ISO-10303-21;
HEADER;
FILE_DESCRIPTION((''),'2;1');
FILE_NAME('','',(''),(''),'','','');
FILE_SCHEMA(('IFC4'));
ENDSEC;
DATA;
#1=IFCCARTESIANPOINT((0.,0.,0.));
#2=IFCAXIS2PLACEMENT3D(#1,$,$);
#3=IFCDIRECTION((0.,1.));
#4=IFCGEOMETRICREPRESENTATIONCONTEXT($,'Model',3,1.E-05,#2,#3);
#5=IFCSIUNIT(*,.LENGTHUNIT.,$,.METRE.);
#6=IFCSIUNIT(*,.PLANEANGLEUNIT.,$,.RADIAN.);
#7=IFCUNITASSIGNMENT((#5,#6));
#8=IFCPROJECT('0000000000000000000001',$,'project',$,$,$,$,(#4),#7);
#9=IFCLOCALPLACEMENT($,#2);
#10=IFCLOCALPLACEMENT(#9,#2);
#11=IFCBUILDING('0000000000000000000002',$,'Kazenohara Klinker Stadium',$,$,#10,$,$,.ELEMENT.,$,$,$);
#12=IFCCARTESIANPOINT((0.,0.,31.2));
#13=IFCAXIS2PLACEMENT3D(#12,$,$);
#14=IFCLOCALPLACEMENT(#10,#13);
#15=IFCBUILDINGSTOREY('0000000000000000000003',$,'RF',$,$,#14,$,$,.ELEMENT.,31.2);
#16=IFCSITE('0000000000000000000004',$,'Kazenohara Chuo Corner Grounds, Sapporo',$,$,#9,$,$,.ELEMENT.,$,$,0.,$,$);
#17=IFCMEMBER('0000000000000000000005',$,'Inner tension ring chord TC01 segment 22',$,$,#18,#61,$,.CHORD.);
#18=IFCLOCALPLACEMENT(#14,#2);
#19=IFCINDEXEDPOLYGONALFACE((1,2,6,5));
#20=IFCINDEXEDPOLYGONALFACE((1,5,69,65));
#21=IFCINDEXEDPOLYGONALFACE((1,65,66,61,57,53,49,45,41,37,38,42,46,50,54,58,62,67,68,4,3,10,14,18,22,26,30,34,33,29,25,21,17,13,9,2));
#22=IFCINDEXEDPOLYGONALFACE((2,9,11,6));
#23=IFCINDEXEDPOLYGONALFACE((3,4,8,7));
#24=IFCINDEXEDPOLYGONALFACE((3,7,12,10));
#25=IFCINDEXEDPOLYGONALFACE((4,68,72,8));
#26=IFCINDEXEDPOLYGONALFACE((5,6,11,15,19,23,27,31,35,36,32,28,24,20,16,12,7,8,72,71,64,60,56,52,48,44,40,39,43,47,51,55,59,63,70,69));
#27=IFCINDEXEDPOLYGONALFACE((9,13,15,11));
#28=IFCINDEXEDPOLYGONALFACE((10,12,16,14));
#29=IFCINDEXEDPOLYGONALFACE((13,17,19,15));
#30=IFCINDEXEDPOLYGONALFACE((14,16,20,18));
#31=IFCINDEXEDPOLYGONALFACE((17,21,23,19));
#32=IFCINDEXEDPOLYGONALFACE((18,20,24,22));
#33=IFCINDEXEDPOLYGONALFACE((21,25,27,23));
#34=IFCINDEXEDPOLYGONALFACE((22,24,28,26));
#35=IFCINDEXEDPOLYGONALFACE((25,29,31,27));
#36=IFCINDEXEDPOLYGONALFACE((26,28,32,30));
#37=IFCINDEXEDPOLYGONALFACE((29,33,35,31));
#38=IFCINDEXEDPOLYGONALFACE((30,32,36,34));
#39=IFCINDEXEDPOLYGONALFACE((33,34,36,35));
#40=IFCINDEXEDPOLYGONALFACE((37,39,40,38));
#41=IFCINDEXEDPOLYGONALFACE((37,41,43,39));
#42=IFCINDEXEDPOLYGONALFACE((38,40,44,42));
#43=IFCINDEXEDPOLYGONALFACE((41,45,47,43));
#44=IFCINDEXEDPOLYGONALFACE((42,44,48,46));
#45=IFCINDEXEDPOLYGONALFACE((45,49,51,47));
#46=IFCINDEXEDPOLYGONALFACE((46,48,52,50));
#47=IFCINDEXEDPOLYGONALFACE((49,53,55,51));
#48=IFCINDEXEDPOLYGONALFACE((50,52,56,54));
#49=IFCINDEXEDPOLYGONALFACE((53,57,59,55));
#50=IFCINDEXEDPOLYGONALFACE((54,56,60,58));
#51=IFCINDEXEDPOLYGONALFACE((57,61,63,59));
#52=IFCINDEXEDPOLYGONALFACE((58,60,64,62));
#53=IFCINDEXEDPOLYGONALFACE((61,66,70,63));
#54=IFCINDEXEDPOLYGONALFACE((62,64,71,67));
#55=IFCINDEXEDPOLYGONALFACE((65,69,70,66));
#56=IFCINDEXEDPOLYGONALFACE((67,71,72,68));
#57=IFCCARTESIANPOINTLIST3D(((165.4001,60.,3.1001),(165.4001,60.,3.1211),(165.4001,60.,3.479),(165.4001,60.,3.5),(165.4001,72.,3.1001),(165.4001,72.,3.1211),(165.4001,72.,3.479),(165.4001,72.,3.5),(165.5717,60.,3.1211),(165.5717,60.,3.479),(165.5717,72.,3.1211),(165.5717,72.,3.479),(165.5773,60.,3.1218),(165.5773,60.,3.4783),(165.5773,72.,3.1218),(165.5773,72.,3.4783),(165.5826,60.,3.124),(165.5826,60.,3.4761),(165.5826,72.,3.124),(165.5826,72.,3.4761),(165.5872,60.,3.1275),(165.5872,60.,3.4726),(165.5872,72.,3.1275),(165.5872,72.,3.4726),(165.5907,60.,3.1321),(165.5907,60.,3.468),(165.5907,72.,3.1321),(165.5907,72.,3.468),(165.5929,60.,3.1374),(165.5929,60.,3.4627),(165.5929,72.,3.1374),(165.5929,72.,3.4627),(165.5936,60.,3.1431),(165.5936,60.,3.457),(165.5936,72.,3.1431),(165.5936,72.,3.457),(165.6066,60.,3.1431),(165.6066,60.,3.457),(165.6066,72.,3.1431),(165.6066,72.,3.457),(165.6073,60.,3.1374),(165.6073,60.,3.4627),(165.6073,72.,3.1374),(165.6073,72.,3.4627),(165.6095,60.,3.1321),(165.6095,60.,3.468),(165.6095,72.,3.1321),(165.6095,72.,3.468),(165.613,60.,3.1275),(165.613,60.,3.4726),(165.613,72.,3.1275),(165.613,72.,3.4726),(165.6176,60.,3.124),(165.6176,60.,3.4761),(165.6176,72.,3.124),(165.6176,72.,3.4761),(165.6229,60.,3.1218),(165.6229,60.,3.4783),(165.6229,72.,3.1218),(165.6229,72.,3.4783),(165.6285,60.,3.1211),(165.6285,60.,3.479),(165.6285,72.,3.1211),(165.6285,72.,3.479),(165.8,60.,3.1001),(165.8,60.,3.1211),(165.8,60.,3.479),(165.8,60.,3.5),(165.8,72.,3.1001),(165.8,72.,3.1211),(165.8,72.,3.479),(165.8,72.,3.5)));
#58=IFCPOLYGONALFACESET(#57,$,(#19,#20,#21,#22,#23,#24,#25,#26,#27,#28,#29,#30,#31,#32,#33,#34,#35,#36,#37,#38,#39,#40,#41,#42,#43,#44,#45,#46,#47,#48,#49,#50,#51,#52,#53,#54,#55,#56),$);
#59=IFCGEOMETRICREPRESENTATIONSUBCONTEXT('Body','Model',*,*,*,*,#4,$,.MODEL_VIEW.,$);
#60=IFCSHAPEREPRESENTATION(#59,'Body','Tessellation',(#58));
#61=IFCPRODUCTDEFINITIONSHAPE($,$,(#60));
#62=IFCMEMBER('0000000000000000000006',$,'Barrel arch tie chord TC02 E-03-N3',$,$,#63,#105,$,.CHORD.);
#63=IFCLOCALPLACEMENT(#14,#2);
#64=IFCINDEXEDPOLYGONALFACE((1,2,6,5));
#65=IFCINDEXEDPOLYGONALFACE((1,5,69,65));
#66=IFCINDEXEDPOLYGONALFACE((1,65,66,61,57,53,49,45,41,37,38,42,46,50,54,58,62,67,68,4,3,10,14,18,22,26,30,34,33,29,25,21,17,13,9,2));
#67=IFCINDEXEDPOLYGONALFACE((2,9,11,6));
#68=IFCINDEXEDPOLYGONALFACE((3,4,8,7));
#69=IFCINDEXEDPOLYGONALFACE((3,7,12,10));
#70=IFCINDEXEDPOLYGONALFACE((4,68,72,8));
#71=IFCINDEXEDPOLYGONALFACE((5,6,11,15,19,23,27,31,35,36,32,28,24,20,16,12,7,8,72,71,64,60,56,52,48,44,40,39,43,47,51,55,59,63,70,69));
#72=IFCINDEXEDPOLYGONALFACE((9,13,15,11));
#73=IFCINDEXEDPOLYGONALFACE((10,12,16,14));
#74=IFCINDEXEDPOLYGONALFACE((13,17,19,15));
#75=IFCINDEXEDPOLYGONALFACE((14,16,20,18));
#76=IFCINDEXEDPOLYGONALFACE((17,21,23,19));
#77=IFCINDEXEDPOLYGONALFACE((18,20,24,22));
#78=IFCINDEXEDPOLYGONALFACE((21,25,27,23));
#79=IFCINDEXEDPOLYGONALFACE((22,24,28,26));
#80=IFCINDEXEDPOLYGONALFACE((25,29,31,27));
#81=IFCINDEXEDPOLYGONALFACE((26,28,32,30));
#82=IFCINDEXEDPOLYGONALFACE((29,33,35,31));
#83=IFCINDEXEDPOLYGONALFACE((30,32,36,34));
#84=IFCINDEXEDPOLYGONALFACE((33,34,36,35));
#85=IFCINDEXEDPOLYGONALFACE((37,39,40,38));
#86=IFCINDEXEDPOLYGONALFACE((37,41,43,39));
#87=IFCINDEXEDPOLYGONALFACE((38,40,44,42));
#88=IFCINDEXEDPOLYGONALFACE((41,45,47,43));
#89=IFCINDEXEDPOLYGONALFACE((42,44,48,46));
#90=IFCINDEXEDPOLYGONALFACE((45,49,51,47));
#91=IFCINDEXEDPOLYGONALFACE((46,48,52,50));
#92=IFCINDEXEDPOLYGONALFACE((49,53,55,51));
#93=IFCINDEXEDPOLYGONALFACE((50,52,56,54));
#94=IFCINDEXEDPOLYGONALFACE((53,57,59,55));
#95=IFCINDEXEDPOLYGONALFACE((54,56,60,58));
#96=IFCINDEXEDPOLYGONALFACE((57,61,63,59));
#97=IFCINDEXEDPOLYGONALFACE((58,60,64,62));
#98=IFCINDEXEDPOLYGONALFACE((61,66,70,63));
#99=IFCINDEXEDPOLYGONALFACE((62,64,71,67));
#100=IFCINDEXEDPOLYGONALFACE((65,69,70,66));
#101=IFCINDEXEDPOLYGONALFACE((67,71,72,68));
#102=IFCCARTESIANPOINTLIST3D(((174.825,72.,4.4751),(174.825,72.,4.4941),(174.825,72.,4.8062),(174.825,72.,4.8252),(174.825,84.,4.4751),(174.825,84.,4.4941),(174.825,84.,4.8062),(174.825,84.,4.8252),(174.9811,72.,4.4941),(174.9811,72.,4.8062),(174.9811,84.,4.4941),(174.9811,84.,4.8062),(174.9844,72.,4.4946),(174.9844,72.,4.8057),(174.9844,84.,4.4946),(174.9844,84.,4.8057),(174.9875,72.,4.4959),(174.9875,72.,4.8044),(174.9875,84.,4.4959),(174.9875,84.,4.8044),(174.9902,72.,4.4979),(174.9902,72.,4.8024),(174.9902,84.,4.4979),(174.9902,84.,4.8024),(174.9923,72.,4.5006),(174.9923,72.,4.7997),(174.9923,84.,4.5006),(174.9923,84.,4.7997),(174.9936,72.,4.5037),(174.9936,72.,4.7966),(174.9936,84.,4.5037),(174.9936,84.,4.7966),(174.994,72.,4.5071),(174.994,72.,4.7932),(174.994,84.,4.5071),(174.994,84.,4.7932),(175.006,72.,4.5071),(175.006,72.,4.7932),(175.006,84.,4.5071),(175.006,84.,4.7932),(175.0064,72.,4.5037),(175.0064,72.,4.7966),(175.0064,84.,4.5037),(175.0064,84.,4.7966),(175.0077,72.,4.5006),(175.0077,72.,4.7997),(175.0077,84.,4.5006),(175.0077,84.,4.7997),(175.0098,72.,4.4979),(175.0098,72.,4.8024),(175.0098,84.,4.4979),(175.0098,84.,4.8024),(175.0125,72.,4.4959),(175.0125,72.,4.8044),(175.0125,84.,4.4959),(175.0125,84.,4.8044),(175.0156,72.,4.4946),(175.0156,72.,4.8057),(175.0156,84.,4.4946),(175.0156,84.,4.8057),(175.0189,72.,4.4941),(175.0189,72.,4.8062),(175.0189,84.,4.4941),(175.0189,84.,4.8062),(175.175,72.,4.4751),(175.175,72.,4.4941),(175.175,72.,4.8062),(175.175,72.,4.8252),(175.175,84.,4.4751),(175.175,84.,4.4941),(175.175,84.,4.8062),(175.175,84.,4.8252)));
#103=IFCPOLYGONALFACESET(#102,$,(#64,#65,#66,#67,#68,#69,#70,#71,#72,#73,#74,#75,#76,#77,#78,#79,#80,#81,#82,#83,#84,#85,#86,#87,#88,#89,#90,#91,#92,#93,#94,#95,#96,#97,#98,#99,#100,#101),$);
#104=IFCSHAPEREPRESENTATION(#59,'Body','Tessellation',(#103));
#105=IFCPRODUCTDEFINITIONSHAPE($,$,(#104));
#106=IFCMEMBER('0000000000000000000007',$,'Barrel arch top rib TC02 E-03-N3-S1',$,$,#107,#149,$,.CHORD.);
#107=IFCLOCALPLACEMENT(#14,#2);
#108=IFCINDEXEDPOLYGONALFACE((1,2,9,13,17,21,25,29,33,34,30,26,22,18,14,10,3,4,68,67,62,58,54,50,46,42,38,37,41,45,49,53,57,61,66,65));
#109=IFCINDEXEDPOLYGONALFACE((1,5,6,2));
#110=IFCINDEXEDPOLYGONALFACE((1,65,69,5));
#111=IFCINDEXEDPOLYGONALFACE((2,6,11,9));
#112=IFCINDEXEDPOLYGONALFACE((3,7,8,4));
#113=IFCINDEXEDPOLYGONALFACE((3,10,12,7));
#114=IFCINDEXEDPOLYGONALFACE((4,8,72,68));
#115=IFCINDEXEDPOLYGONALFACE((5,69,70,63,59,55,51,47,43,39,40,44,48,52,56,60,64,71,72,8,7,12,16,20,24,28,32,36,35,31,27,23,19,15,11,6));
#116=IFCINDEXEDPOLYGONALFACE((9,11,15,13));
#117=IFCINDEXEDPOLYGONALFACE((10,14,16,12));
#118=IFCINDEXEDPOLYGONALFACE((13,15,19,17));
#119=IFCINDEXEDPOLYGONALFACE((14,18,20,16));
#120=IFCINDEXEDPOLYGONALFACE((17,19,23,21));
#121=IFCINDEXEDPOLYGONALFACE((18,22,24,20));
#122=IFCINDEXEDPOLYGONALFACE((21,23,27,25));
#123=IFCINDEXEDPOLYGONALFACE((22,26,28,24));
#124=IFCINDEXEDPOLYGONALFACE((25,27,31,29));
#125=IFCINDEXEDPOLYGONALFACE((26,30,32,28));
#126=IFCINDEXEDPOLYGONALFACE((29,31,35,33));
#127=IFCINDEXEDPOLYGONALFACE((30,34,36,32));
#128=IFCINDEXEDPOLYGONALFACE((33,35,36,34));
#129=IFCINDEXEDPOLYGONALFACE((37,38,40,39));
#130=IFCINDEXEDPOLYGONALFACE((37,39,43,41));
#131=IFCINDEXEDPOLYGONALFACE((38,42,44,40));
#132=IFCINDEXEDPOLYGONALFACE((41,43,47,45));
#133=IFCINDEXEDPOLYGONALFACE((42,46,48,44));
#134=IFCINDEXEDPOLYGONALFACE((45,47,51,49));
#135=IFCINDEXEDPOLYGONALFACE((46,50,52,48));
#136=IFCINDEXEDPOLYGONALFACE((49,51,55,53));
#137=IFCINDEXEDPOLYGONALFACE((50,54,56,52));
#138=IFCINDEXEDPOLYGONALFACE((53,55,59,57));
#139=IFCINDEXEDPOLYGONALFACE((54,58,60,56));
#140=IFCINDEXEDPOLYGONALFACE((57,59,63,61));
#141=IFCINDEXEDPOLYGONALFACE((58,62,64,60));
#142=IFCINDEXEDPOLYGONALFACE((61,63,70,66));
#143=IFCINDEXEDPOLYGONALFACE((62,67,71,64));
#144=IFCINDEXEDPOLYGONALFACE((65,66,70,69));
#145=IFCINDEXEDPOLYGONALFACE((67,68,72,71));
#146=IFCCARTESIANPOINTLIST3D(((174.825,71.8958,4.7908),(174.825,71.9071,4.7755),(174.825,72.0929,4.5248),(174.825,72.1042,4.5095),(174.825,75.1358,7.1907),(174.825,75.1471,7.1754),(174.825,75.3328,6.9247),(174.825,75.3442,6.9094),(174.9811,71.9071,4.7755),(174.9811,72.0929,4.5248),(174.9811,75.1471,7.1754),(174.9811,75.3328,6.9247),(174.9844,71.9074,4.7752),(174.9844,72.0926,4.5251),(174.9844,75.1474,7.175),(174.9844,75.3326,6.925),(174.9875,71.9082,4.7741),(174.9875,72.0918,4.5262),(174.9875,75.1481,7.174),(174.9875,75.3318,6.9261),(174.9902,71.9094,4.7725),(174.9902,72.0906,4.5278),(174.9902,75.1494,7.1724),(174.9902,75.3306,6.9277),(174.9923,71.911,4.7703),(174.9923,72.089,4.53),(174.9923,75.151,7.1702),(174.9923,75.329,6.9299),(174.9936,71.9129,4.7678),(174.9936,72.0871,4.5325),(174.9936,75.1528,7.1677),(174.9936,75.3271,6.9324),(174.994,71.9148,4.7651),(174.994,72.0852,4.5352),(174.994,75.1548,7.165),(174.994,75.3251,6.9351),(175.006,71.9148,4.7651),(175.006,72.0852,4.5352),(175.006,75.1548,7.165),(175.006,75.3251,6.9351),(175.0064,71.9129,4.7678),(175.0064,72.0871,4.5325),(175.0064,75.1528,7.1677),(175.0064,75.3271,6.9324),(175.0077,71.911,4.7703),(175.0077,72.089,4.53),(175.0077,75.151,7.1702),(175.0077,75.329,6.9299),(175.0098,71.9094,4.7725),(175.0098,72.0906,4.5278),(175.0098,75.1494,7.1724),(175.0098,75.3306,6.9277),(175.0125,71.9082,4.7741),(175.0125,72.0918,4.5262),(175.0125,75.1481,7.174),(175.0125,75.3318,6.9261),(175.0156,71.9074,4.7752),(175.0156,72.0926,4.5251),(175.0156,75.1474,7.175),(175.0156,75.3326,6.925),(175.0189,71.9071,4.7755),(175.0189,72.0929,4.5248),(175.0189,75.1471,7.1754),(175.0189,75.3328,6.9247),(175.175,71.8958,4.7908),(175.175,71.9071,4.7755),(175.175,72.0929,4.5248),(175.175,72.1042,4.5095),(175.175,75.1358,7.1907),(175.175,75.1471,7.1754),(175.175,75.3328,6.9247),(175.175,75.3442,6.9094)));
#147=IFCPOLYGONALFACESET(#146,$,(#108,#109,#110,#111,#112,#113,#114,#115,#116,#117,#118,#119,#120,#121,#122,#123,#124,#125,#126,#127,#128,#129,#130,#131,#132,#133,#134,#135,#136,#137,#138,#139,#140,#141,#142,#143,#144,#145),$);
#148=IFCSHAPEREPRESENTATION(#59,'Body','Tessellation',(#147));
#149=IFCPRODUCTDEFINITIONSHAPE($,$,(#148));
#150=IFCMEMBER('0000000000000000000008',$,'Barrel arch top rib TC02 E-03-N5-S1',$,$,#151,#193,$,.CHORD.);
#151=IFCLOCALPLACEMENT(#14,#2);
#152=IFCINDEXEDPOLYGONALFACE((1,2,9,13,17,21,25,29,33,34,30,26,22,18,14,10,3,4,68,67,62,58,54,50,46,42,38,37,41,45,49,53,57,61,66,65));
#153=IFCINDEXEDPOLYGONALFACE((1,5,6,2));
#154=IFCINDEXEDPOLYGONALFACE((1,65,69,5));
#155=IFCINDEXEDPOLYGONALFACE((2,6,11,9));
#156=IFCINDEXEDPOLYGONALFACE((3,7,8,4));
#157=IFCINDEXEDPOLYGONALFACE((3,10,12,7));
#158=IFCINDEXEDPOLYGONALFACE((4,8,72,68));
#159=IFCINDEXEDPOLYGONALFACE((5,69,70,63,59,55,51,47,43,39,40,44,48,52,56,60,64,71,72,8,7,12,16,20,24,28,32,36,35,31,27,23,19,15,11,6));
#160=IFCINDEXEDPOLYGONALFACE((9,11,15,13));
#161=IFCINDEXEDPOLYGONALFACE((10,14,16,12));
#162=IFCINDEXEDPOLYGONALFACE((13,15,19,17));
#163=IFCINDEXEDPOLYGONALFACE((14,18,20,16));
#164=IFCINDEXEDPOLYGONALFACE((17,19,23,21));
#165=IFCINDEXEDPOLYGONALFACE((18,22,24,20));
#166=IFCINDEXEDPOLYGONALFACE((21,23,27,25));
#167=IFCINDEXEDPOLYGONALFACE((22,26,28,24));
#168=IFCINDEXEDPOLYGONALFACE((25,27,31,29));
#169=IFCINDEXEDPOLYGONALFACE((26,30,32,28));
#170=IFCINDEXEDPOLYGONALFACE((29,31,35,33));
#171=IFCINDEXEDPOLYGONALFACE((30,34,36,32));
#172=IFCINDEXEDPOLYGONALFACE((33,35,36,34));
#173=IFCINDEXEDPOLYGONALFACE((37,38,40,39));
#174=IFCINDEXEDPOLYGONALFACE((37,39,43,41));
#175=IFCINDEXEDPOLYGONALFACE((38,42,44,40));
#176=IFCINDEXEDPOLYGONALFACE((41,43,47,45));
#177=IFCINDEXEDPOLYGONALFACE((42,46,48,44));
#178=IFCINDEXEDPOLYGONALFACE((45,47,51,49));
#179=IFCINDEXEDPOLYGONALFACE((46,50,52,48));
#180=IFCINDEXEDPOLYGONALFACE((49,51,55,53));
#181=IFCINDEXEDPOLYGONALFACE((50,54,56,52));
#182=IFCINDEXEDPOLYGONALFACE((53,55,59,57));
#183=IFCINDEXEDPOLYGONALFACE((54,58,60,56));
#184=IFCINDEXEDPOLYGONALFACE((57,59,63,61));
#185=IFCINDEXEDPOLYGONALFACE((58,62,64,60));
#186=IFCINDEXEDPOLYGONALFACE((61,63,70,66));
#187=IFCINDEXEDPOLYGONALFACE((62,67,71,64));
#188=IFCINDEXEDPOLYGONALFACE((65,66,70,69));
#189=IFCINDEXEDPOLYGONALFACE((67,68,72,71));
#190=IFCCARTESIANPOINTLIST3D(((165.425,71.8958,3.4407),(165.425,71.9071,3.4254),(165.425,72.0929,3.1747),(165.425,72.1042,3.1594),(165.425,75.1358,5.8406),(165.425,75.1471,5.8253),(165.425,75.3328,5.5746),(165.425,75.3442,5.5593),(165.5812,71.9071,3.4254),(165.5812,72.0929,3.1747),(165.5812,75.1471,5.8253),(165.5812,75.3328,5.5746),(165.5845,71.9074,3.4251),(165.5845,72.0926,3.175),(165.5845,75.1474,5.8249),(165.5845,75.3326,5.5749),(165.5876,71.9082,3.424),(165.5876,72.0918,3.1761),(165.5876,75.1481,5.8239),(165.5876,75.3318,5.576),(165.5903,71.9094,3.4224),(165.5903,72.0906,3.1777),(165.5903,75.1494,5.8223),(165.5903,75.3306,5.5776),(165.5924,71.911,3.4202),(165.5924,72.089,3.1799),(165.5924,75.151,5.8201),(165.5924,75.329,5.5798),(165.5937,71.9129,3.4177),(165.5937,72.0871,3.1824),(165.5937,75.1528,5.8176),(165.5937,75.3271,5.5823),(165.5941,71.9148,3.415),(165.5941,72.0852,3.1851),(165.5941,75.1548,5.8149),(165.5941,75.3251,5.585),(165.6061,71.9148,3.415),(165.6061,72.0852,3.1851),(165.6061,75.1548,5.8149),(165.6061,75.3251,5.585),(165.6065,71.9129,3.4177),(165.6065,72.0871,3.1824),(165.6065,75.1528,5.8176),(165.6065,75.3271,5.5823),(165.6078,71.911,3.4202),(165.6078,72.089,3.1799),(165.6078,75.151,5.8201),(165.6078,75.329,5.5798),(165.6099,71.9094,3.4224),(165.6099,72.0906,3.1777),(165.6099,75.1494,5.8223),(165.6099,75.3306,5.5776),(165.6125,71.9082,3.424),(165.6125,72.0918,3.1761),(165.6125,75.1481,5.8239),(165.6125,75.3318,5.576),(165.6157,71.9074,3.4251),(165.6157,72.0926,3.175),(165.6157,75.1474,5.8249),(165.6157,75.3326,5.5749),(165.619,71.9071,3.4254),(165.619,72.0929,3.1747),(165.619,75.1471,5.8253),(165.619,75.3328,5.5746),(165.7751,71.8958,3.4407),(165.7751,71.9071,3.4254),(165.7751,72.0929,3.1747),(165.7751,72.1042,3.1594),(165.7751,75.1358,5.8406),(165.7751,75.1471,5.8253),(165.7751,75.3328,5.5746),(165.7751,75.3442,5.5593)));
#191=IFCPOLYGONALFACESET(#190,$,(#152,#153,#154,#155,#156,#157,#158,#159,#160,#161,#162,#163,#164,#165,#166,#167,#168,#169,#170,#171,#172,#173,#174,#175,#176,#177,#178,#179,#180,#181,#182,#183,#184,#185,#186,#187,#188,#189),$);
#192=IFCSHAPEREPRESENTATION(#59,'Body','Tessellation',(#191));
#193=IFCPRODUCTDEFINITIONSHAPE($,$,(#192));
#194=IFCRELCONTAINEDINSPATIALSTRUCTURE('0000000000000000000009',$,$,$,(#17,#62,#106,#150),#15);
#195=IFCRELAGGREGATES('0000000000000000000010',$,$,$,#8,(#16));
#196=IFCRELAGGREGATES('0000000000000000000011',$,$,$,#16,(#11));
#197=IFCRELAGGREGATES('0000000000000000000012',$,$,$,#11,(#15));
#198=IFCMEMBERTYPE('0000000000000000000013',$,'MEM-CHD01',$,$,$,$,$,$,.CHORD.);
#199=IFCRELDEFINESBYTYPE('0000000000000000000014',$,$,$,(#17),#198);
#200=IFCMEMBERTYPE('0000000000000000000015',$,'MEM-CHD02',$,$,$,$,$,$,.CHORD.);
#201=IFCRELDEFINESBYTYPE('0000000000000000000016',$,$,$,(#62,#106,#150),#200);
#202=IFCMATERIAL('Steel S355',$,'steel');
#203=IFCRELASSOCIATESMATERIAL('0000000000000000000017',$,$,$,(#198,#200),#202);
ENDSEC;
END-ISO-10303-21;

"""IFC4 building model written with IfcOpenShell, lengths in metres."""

from ifc_helpers import new_model, si_unit, direction, frame, origin, origin_2d, place, context, subcontext, project, spatial, i_section, extrude, material, material_profile, profile_set, type_object, element, save


model = new_model("IFC4")

# Units and contexts
model_context = context("Model", 3, precision=1e-05, world=origin(), true_north=direction((0.0, 1.0)))
body_context = subcontext(model_context, "Body", "Model", "MODEL_VIEW")
ifc_project = project(units=[si_unit("LENGTHUNIT", "METRE"), si_unit("PLANEANGLEUNIT", "RADIAN")], contexts=[model_context])

# Site, building, storey
site_placement = place(None, origin())
site = spatial("IfcSite", under=ifc_project, at=site_placement, Name="Kazenohara Chuo Corner Grounds, Sapporo", CompositionType="ELEMENT", RefElevation=0.0)
building_placement = place(site_placement, origin())
building = spatial("IfcBuilding", under=site, at=building_placement, Name="Kazenohara Klinker Stadium", CompositionType="ELEMENT")
storey_placement = place(building_placement, frame((0.0, 0.0, 31.2)))
storey = spatial("IfcBuildingStorey", under=building, at=storey_placement, Name="RF", CompositionType="ELEMENT", Elevation=31.2)

# Members
ifc_material_1 = material(Name="Steel S355", Category="steel")
ifc_material_profile_1 = material_profile(ifc_material_1, i_section(OverallWidth=0.3999, OverallDepth=0.3999, WebThickness=0.0129, FlangeThickness=0.021, FilletRadius=0.022, at=origin_2d()), Name="H-400x400x13x21")
ifc_profile_set_1 = profile_set([ifc_material_profile_1], Name="Steel S355")
member_type_1 = type_object("IfcMemberType", Name="MEM-CHD01", PredefinedType="CHORD", material=ifc_profile_set_1)
member_1_placement = place(storey_placement, frame((165.6001, 72.0, 3.3), z_axis=(0.0, -1.0, 0.0), x_axis=(1.0, 0.0, 0.0)))
element("IfcMember", 1, at=member_1_placement, inside=storey, type_object=member_type_1, Name="Inner tension ring chord TC01 segment 22", PredefinedType="CHORD", context=body_context, shape_type="SweptSolid", body=[
    extrude(i_section(OverallWidth=0.3999, OverallDepth=0.3999, WebThickness=0.0129, FlangeThickness=0.021, FilletRadius=0.022, at=origin_2d()), origin(), (0.0, 0.0, 1.0), 12.0),
])
ifc_material_profile_2 = material_profile(ifc_material_1, i_section(OverallWidth=0.3501, OverallDepth=0.3501, WebThickness=0.012, FlangeThickness=0.019, FilletRadius=0.0129, at=origin_2d()), Name="H-350x350x12x19")
ifc_profile_set_2 = profile_set([ifc_material_profile_2], Name="Steel S355")
member_type_2 = type_object("IfcMemberType", Name="MEM-CHD02", PredefinedType="CHORD", material=ifc_profile_set_2)
member_2_placement = place(storey_placement, frame((175.0, 72.0, 4.6501), z_axis=(0.0, 1.0, 0.0), x_axis=(-1.0, 0.0, 0.0)))
element("IfcMember", 2, at=member_2_placement, inside=storey, type_object=member_type_2, Name="Barrel arch tie chord TC02 E-03-N3", PredefinedType="CHORD", context=body_context, shape_type="SweptSolid", body=[
    extrude(i_section(OverallWidth=0.3501, OverallDepth=0.3501, WebThickness=0.012, FlangeThickness=0.019, FilletRadius=0.0129, at=origin_2d()), origin(), (0.0, 0.0, 1.0), 12.0),
])
for number, where, z_axis, x_axis, name in (
    (3, (175.0, 72.0, 4.6501), (0.0, 0.803568, 0.595213), (-1.0, 0.0, 0.0), "Barrel arch top rib TC02 E-03-N3-S1"),
    (4, (165.6001, 72.0, 3.3), (0.0, 0.803568, 0.595213), (-1.0, 0.0, 0.0), "Barrel arch top rib TC02 E-03-N5-S1"),
):
    element("IfcMember", number, at=place(storey_placement, frame(where, z_axis=z_axis, x_axis=x_axis)), inside=storey, type_object=member_type_2, Name=name, PredefinedType="CHORD", context=body_context, shape_type="SweptSolid", body=[
        extrude(i_section(OverallWidth=0.3501, OverallDepth=0.3501, WebThickness=0.012, FlangeThickness=0.019, FilletRadius=0.0129, at=origin_2d()), origin(), (0.0, 0.0, 1.0), 4.032),
    ])

save(model, "model.ifc")
